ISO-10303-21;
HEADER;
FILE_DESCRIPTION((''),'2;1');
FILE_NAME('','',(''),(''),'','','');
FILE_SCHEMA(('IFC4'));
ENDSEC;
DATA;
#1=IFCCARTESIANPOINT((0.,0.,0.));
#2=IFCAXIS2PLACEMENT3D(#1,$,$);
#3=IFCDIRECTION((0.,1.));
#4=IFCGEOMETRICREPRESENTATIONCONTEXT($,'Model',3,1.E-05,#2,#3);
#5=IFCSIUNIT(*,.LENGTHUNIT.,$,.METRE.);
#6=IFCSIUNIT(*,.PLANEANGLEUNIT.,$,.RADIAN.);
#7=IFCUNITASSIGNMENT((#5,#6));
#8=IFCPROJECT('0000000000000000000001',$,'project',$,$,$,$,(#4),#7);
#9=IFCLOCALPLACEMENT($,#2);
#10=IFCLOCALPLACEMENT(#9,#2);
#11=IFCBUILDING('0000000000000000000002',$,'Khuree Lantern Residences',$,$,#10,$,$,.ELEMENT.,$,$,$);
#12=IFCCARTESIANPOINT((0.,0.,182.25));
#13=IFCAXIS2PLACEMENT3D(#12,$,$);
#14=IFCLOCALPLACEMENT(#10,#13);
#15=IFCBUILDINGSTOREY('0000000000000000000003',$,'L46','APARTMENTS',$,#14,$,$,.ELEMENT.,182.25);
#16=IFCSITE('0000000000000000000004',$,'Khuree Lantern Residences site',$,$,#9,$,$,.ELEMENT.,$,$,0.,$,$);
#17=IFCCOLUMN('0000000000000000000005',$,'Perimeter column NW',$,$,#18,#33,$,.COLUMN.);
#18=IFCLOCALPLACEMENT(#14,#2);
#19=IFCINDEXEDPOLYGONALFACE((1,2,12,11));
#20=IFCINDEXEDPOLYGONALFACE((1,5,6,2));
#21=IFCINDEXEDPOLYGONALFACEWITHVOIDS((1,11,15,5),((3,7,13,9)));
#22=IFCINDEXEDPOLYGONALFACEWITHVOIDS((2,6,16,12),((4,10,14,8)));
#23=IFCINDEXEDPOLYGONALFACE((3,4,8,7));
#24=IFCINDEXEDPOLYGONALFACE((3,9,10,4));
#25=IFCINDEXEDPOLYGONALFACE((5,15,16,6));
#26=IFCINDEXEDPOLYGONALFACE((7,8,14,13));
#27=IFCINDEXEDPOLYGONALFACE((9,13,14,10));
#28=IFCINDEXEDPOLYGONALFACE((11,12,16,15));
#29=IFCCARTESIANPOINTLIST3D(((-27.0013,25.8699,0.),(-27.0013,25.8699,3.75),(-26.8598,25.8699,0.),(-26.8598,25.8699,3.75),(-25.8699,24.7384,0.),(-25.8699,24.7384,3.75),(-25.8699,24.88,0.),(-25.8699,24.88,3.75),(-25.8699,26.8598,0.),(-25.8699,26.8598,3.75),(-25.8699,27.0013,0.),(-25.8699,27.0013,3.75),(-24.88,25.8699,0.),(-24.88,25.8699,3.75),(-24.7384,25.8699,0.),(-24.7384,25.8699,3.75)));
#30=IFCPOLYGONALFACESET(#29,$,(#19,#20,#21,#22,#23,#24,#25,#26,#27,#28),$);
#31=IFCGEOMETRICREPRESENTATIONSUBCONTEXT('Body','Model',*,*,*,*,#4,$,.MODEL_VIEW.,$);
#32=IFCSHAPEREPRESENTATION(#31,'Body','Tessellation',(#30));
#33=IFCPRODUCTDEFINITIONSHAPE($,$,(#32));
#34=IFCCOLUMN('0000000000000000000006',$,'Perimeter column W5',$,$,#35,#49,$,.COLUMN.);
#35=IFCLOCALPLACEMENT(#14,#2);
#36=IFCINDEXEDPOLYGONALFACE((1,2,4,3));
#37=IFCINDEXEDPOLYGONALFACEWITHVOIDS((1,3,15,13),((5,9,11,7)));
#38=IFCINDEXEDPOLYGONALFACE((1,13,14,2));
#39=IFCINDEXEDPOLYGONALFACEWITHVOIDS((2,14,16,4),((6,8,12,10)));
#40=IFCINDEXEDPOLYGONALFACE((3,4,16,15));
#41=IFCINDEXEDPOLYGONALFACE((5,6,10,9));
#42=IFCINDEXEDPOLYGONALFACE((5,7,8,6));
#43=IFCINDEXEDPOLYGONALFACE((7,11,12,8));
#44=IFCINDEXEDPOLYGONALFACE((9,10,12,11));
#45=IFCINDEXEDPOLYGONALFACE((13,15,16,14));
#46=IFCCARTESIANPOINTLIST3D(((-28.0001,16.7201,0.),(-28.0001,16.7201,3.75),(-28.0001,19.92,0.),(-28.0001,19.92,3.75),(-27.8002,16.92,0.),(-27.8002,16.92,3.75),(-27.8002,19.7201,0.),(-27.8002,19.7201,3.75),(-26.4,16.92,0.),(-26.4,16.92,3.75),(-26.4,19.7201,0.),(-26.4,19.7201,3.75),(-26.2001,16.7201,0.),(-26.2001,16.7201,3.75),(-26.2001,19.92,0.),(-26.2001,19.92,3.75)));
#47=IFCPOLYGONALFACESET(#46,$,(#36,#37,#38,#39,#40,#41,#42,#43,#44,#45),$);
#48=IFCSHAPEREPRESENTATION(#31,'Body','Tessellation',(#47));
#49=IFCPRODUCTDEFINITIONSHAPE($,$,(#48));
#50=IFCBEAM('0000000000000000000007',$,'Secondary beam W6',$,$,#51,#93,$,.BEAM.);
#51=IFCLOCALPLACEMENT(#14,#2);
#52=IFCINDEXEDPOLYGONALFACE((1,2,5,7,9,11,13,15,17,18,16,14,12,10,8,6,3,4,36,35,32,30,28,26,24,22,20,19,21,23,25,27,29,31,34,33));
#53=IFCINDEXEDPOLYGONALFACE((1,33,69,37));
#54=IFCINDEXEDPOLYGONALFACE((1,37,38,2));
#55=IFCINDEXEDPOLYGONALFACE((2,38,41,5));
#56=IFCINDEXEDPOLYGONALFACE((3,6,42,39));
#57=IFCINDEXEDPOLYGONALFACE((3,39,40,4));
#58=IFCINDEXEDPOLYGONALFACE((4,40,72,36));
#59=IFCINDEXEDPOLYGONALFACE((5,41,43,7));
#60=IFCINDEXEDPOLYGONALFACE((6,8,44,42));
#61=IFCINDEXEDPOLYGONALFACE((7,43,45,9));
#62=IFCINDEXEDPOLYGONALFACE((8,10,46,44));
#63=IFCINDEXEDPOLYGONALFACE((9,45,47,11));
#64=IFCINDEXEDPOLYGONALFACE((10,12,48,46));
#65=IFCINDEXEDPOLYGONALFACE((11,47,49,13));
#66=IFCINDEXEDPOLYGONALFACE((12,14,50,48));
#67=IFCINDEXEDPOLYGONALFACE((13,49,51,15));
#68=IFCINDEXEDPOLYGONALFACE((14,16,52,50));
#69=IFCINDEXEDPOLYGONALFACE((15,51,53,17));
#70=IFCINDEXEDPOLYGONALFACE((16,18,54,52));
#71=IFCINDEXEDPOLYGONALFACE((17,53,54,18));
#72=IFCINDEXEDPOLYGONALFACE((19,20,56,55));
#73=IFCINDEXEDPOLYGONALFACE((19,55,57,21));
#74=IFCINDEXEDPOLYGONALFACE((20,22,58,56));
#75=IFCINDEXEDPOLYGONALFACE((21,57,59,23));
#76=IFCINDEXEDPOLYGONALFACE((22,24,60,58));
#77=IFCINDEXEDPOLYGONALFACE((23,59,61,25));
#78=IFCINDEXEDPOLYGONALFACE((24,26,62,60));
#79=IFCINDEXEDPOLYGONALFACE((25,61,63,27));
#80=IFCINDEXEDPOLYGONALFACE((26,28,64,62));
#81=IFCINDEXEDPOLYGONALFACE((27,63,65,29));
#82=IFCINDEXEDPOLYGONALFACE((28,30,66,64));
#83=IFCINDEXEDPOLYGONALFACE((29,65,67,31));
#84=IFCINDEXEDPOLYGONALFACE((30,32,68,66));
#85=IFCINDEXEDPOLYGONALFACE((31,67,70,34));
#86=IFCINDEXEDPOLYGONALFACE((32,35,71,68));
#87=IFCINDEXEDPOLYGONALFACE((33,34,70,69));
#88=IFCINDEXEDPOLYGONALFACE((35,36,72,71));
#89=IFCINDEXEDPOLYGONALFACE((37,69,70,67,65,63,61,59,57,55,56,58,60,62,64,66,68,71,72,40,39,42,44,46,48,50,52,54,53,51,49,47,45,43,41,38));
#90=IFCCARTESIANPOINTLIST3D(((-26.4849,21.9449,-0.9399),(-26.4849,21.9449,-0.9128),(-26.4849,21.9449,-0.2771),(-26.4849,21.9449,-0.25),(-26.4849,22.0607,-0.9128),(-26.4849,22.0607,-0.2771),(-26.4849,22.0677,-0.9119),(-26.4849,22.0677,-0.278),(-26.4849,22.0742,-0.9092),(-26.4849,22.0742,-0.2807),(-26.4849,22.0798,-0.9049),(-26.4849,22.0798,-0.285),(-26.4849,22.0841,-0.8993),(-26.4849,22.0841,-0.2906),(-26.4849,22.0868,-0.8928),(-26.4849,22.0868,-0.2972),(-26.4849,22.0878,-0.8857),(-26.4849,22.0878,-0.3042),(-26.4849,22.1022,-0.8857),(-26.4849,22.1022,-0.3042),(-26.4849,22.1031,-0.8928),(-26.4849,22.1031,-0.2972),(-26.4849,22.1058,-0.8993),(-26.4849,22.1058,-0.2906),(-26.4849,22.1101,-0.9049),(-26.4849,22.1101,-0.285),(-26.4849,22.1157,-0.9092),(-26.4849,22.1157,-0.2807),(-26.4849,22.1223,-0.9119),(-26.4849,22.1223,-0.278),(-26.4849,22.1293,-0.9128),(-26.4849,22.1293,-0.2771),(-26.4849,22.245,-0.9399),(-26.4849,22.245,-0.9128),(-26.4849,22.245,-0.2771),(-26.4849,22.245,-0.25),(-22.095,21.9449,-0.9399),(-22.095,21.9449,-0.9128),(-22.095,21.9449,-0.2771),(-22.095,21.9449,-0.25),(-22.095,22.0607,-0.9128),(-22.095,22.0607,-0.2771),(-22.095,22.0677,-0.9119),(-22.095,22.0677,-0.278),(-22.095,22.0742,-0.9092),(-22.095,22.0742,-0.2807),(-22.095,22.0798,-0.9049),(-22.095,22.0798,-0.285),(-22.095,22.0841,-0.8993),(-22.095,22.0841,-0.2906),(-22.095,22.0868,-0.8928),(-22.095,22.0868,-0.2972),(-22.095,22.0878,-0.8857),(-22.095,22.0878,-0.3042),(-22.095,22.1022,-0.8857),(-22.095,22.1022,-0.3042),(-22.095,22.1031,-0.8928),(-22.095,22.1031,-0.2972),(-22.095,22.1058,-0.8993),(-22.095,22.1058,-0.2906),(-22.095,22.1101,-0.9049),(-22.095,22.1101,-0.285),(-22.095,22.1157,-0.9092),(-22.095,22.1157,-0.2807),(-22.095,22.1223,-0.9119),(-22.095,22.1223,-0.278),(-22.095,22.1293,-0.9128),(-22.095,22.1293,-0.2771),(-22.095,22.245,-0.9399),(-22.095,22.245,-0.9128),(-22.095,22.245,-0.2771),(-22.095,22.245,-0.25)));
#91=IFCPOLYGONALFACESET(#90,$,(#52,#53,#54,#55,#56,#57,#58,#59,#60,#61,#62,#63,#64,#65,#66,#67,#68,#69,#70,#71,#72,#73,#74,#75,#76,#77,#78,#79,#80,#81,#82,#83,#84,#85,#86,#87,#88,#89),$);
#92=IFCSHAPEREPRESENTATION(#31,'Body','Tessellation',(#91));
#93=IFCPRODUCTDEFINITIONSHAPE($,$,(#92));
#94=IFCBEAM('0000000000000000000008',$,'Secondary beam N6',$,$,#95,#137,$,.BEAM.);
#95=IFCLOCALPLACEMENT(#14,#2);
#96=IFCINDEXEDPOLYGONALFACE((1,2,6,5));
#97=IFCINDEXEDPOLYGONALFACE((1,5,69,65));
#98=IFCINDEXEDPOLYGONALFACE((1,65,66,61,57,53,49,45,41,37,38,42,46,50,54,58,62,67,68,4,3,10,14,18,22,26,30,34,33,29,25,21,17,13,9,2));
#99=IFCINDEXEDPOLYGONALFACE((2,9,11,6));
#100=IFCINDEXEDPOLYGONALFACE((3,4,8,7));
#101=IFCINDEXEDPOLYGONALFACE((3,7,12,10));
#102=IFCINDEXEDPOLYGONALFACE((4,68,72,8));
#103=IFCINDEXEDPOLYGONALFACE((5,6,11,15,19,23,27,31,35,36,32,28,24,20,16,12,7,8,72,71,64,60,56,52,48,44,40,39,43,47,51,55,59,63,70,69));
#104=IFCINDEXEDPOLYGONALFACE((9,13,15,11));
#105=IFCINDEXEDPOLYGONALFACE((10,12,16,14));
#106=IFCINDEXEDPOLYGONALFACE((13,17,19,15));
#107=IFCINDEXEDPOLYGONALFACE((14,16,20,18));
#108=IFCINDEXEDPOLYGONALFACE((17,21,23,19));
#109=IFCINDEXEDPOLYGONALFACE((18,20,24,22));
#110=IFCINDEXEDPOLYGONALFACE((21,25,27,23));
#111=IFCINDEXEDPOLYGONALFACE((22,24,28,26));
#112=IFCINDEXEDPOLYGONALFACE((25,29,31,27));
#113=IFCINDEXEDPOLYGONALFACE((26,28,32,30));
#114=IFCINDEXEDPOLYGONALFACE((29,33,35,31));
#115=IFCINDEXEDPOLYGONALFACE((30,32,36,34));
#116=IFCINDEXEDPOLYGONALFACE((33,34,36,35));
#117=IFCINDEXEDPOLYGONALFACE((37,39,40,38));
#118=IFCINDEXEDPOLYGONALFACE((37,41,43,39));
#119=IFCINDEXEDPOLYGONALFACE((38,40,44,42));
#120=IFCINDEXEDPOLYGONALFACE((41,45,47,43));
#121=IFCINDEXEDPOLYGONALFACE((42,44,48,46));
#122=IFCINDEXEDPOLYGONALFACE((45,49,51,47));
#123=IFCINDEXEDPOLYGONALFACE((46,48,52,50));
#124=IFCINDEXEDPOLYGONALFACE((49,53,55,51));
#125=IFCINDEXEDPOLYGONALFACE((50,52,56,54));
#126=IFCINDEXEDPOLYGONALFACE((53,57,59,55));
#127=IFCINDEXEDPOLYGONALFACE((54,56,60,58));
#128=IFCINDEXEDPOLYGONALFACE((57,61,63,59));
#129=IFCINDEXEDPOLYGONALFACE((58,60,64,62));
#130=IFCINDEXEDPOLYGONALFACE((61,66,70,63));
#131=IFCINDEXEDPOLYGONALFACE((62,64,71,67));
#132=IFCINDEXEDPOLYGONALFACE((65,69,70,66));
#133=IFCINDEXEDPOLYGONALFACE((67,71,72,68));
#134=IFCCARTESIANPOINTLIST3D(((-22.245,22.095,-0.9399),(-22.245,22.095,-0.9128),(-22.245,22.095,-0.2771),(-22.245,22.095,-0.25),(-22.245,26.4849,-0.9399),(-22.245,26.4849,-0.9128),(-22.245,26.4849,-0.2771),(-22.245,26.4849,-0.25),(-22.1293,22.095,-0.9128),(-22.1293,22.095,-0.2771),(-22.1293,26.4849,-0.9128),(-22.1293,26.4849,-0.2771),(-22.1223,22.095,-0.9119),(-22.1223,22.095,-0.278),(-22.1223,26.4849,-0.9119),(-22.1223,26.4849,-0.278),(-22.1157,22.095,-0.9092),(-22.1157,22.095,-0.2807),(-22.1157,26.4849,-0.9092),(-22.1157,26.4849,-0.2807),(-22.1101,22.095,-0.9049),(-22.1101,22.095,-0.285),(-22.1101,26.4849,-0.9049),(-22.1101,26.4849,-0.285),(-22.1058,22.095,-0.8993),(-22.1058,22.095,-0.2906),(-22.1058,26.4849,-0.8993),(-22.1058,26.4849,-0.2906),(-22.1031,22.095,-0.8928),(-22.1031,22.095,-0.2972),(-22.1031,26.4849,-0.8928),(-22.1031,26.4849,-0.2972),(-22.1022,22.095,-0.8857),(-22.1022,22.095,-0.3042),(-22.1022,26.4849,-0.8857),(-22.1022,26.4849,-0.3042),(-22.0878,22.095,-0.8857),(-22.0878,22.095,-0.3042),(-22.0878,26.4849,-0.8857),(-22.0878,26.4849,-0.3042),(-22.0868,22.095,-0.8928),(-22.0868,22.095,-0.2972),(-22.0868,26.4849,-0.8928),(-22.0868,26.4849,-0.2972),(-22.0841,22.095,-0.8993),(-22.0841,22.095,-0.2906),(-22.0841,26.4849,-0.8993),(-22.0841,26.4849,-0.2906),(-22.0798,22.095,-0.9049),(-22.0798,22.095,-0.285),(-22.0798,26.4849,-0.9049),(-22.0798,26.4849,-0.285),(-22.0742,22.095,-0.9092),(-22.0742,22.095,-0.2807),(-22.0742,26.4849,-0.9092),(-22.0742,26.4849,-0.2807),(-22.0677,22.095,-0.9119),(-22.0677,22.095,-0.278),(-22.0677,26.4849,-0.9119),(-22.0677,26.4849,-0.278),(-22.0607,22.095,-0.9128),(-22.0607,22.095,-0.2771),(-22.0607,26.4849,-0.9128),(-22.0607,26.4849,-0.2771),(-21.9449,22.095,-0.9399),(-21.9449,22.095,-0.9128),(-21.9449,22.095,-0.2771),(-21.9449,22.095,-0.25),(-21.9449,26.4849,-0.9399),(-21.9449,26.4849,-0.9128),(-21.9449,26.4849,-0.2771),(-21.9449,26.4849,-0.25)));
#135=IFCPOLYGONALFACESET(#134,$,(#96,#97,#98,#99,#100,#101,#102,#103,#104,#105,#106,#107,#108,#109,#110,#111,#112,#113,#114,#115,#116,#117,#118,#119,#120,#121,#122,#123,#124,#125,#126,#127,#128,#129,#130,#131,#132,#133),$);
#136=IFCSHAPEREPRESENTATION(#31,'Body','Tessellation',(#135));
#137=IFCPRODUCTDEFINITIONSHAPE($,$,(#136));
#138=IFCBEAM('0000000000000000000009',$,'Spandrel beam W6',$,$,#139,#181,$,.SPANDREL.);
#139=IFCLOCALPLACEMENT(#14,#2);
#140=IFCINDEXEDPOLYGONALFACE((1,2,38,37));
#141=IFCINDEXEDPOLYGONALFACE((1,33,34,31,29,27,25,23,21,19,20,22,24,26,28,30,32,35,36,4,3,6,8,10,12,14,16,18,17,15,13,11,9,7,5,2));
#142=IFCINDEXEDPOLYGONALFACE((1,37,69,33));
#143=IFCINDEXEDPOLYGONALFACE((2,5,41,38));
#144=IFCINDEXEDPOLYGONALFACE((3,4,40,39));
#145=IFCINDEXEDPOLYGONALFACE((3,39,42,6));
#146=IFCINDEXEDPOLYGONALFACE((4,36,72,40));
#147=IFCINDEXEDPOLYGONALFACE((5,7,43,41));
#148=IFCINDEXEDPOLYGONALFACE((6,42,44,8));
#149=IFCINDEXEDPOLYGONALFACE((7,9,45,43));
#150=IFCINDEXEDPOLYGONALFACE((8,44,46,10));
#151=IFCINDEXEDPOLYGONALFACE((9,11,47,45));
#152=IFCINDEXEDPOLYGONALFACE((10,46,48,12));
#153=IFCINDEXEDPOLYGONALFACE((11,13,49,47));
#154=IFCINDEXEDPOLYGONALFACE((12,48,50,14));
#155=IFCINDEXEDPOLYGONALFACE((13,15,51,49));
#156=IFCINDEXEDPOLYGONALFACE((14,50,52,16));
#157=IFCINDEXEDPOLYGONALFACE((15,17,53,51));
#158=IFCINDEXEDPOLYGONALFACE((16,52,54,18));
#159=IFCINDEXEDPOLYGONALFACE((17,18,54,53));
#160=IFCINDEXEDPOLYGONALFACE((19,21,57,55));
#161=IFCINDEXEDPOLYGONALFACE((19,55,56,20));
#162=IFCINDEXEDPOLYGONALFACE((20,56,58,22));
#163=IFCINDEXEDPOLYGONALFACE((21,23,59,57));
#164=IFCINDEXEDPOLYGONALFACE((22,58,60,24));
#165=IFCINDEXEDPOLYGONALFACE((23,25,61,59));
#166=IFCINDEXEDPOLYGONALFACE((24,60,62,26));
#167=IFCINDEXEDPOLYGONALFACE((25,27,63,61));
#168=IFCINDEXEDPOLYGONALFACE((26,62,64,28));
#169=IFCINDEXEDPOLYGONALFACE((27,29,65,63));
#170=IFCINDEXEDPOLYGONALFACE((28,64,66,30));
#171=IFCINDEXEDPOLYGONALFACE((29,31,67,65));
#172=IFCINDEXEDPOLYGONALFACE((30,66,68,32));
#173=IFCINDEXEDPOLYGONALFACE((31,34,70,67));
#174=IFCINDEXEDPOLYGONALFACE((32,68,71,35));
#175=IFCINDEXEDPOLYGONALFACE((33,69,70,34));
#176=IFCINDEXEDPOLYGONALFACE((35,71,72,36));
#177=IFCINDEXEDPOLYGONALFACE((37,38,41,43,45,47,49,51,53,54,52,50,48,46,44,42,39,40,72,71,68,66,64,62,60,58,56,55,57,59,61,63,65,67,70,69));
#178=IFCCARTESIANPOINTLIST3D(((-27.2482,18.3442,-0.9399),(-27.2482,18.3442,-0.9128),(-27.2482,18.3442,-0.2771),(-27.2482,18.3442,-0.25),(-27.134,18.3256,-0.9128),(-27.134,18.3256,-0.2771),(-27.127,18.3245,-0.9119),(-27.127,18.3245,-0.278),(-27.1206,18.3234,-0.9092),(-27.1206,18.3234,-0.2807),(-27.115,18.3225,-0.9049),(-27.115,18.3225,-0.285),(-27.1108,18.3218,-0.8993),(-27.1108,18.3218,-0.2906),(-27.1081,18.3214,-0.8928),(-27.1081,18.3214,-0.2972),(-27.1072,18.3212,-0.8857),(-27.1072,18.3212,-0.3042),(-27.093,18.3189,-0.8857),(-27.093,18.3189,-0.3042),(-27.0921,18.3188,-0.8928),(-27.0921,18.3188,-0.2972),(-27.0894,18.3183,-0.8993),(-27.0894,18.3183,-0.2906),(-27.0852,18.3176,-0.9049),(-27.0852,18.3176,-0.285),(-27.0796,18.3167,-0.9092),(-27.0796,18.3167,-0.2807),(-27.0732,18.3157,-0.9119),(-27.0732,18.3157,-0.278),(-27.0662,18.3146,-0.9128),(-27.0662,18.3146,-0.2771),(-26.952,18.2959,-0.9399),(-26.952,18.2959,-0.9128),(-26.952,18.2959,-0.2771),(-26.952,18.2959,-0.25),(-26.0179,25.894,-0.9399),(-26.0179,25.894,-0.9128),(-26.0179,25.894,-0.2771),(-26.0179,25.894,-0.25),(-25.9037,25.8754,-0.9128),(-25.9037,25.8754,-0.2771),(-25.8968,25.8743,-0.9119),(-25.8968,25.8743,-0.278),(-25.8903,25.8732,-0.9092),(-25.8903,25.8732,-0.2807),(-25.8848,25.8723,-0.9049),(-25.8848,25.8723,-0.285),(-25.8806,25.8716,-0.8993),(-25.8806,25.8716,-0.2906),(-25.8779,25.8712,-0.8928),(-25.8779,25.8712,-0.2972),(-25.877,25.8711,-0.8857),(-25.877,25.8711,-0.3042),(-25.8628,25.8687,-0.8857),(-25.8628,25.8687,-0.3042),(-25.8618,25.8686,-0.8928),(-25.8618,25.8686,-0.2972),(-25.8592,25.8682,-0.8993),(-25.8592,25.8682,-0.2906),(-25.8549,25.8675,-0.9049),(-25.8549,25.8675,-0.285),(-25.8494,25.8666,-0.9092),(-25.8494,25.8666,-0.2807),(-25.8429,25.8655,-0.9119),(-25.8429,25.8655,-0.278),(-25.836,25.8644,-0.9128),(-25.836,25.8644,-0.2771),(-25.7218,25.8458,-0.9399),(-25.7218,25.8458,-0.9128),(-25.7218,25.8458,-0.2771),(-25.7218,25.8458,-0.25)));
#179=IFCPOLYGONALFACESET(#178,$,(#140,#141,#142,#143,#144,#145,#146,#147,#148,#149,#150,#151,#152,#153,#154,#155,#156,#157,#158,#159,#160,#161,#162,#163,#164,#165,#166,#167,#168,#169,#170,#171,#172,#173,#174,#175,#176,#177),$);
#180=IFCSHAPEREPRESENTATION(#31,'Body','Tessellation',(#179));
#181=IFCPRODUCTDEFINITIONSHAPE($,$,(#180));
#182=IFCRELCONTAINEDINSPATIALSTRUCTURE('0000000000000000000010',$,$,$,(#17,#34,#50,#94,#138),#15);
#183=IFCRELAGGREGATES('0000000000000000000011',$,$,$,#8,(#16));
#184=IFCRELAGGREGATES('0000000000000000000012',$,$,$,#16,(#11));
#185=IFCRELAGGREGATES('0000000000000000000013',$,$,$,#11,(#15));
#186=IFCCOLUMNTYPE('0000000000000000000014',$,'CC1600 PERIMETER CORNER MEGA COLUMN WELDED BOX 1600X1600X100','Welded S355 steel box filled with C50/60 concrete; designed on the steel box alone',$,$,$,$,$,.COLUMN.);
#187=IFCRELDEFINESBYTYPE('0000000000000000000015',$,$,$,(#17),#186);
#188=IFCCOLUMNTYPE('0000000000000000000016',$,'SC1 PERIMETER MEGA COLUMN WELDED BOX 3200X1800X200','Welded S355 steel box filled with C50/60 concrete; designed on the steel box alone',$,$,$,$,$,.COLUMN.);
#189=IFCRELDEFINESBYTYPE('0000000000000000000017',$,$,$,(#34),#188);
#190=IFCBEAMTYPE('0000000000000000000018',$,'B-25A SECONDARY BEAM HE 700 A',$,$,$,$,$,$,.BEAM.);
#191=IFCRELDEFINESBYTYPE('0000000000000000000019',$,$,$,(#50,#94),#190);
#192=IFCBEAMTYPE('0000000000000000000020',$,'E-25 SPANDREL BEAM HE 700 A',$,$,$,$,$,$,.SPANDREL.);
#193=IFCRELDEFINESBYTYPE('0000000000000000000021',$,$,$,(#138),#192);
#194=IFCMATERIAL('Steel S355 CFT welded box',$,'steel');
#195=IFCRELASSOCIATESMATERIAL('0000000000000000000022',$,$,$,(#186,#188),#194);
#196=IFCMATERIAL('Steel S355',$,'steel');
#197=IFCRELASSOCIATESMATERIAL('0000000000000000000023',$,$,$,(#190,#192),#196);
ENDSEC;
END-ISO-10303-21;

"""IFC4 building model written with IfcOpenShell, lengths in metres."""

from ifc_helpers import new_model, si_unit, direction, frame, origin, origin_2d, place, context, subcontext, project, spatial, hollow_rectangle, i_section, extrude, material, material_profile, profile_set, type_object, element, save


model = new_model("IFC4")

# Units and contexts
model_context = context("Model", 3, precision=1e-05, world=origin(), true_north=direction((0.0, 1.0)))
body_context = subcontext(model_context, "Body", "Model", "MODEL_VIEW")
ifc_project = project(units=[si_unit("LENGTHUNIT", "METRE"), si_unit("PLANEANGLEUNIT", "RADIAN")], contexts=[model_context])

# Site, building, storey
site_placement = place(None, origin())
site = spatial("IfcSite", under=ifc_project, at=site_placement, Name="Khuree Lantern Residences site", CompositionType="ELEMENT", RefElevation=0.0)
building_placement = place(site_placement, origin())
building = spatial("IfcBuilding", under=site, at=building_placement, Name="Khuree Lantern Residences", CompositionType="ELEMENT")
storey_placement = place(building_placement, frame((0.0, 0.0, 182.25)))
storey = spatial("IfcBuildingStorey", under=building, at=storey_placement, Name="L46", Description="APARTMENTS", CompositionType="ELEMENT", Elevation=182.25)

# Columns
ifc_material_1 = material(Name="Steel S355 CFT welded box", Category="steel")
ifc_material_profile_1 = material_profile(ifc_material_1, hollow_rectangle(XDim=1.6001, YDim=1.6001, WallThickness=0.1001, at=origin_2d()), Name="WELDED BOX 1600X1600X100")
ifc_profile_set_1 = profile_set([ifc_material_profile_1], Name="Steel S355 CFT welded box")
column_type_1 = type_object("IfcColumnType", Name="CC1600 PERIMETER CORNER MEGA COLUMN WELDED BOX 1600X1600X100", Description="Welded S355 steel box filled with C50/60 concrete; designed on the steel box alone", PredefinedType="COLUMN", material=ifc_profile_set_1)
column_1_placement = place(storey_placement, frame((-25.8699, 25.8699, 0.0), z_axis=(0.0, 0.0, 1.0), x_axis=(0.707107, 0.707107, 0.0)))
element("IfcColumn", 1, at=column_1_placement, inside=storey, type_object=column_type_1, Name="Perimeter column NW", PredefinedType="COLUMN", context=body_context, shape_type="SweptSolid", body=[
    extrude(hollow_rectangle(XDim=1.6001, YDim=1.6001, WallThickness=0.1001, at=origin_2d()), origin(), (0.0, 0.0, 1.0), 3.75),
])
ifc_material_profile_2 = material_profile(ifc_material_1, hollow_rectangle(XDim=3.2, YDim=1.8, WallThickness=0.2, at=origin_2d()), Name="WELDED BOX 3200X1800X200")
ifc_profile_set_2 = profile_set([ifc_material_profile_2], Name="Steel S355 CFT welded box")
column_type_2 = type_object("IfcColumnType", Name="SC1 PERIMETER MEGA COLUMN WELDED BOX 3200X1800X200", Description="Welded S355 steel box filled with C50/60 concrete; designed on the steel box alone", PredefinedType="COLUMN", material=ifc_profile_set_2)
column_2_placement = place(storey_placement, frame((-27.1001, 18.3201, 0.0), z_axis=(0.0, 0.0, 1.0), x_axis=(0.0, 1.0, 0.0)))
element("IfcColumn", 2, at=column_2_placement, inside=storey, type_object=column_type_2, Name="Perimeter column W5", PredefinedType="COLUMN", context=body_context, shape_type="SweptSolid", body=[
    extrude(hollow_rectangle(XDim=3.2, YDim=1.8, WallThickness=0.2, at=origin_2d()), origin(), (0.0, 0.0, 1.0), 3.75),
])

# Beams
ifc_material_2 = material(Name="Steel S355", Category="steel")
ifc_material_profile_3 = material_profile(ifc_material_2, i_section(OverallWidth=0.3, OverallDepth=0.6899, WebThickness=0.0144, FlangeThickness=0.0271, FilletRadius=0.0271, at=origin_2d()), Name="HE 700 A")
ifc_profile_set_3 = profile_set([ifc_material_profile_3], Name="Steel S355")
beam_type_1 = type_object("IfcBeamType", Name="B-25A SECONDARY BEAM HE 700 A", PredefinedType="BEAM", material=ifc_profile_set_3)
for number, where, z_axis, x_axis, name in (
    (3, (-26.4849, 22.095, -0.595), (1.0, 0.0, 0.0), (0.0, 1.0, 0.0), "Secondary beam W6"),
    (4, (-22.095, 26.4849, -0.595), (0.0, -1.0, 0.0), (1.0, 0.0, 0.0), "Secondary beam N6"),
):
    element("IfcBeam", number, at=place(storey_placement, frame(where, z_axis=z_axis, x_axis=x_axis)), inside=storey, type_object=beam_type_1, Name=name, PredefinedType="BEAM", context=body_context, shape_type="SweptSolid", body=[
        extrude(i_section(OverallWidth=0.3, OverallDepth=0.6899, WebThickness=0.0144, FlangeThickness=0.0271, FilletRadius=0.0271, at=origin_2d()), origin(), (0.0, 0.0, 1.0), 4.3899),
    ])
ifc_material_profile_4 = material_profile(ifc_material_2, i_section(OverallWidth=0.3, OverallDepth=0.6899, WebThickness=0.0144, FlangeThickness=0.0271, FilletRadius=0.0271, at=origin_2d()), Name="HE 700 A")
ifc_profile_set_4 = profile_set([ifc_material_profile_4], Name="Steel S355")
beam_type_2 = type_object("IfcBeamType", Name="E-25 SPANDREL BEAM HE 700 A", PredefinedType="SPANDREL", material=ifc_profile_set_4)
for number, where, z_axis, x_axis, name in (
    (5, (-27.1001, 18.3201, -0.595), (0.160827, 0.986983, 0.0), (-0.986983, 0.160827, 0.0), "Spandrel beam W6"),
):
    element("IfcBeam", number, at=place(storey_placement, frame(where, z_axis=z_axis, x_axis=x_axis)), inside=storey, type_object=beam_type_2, Name=name, PredefinedType="SPANDREL", context=body_context, shape_type="SweptSolid", body=[
        extrude(i_section(OverallWidth=0.3, OverallDepth=0.6899, WebThickness=0.0144, FlangeThickness=0.0271, FilletRadius=0.0271, at=origin_2d()), origin(), (0.0, 0.0, 1.0), 7.6494),
    ])

save(model, "model.ifc")
